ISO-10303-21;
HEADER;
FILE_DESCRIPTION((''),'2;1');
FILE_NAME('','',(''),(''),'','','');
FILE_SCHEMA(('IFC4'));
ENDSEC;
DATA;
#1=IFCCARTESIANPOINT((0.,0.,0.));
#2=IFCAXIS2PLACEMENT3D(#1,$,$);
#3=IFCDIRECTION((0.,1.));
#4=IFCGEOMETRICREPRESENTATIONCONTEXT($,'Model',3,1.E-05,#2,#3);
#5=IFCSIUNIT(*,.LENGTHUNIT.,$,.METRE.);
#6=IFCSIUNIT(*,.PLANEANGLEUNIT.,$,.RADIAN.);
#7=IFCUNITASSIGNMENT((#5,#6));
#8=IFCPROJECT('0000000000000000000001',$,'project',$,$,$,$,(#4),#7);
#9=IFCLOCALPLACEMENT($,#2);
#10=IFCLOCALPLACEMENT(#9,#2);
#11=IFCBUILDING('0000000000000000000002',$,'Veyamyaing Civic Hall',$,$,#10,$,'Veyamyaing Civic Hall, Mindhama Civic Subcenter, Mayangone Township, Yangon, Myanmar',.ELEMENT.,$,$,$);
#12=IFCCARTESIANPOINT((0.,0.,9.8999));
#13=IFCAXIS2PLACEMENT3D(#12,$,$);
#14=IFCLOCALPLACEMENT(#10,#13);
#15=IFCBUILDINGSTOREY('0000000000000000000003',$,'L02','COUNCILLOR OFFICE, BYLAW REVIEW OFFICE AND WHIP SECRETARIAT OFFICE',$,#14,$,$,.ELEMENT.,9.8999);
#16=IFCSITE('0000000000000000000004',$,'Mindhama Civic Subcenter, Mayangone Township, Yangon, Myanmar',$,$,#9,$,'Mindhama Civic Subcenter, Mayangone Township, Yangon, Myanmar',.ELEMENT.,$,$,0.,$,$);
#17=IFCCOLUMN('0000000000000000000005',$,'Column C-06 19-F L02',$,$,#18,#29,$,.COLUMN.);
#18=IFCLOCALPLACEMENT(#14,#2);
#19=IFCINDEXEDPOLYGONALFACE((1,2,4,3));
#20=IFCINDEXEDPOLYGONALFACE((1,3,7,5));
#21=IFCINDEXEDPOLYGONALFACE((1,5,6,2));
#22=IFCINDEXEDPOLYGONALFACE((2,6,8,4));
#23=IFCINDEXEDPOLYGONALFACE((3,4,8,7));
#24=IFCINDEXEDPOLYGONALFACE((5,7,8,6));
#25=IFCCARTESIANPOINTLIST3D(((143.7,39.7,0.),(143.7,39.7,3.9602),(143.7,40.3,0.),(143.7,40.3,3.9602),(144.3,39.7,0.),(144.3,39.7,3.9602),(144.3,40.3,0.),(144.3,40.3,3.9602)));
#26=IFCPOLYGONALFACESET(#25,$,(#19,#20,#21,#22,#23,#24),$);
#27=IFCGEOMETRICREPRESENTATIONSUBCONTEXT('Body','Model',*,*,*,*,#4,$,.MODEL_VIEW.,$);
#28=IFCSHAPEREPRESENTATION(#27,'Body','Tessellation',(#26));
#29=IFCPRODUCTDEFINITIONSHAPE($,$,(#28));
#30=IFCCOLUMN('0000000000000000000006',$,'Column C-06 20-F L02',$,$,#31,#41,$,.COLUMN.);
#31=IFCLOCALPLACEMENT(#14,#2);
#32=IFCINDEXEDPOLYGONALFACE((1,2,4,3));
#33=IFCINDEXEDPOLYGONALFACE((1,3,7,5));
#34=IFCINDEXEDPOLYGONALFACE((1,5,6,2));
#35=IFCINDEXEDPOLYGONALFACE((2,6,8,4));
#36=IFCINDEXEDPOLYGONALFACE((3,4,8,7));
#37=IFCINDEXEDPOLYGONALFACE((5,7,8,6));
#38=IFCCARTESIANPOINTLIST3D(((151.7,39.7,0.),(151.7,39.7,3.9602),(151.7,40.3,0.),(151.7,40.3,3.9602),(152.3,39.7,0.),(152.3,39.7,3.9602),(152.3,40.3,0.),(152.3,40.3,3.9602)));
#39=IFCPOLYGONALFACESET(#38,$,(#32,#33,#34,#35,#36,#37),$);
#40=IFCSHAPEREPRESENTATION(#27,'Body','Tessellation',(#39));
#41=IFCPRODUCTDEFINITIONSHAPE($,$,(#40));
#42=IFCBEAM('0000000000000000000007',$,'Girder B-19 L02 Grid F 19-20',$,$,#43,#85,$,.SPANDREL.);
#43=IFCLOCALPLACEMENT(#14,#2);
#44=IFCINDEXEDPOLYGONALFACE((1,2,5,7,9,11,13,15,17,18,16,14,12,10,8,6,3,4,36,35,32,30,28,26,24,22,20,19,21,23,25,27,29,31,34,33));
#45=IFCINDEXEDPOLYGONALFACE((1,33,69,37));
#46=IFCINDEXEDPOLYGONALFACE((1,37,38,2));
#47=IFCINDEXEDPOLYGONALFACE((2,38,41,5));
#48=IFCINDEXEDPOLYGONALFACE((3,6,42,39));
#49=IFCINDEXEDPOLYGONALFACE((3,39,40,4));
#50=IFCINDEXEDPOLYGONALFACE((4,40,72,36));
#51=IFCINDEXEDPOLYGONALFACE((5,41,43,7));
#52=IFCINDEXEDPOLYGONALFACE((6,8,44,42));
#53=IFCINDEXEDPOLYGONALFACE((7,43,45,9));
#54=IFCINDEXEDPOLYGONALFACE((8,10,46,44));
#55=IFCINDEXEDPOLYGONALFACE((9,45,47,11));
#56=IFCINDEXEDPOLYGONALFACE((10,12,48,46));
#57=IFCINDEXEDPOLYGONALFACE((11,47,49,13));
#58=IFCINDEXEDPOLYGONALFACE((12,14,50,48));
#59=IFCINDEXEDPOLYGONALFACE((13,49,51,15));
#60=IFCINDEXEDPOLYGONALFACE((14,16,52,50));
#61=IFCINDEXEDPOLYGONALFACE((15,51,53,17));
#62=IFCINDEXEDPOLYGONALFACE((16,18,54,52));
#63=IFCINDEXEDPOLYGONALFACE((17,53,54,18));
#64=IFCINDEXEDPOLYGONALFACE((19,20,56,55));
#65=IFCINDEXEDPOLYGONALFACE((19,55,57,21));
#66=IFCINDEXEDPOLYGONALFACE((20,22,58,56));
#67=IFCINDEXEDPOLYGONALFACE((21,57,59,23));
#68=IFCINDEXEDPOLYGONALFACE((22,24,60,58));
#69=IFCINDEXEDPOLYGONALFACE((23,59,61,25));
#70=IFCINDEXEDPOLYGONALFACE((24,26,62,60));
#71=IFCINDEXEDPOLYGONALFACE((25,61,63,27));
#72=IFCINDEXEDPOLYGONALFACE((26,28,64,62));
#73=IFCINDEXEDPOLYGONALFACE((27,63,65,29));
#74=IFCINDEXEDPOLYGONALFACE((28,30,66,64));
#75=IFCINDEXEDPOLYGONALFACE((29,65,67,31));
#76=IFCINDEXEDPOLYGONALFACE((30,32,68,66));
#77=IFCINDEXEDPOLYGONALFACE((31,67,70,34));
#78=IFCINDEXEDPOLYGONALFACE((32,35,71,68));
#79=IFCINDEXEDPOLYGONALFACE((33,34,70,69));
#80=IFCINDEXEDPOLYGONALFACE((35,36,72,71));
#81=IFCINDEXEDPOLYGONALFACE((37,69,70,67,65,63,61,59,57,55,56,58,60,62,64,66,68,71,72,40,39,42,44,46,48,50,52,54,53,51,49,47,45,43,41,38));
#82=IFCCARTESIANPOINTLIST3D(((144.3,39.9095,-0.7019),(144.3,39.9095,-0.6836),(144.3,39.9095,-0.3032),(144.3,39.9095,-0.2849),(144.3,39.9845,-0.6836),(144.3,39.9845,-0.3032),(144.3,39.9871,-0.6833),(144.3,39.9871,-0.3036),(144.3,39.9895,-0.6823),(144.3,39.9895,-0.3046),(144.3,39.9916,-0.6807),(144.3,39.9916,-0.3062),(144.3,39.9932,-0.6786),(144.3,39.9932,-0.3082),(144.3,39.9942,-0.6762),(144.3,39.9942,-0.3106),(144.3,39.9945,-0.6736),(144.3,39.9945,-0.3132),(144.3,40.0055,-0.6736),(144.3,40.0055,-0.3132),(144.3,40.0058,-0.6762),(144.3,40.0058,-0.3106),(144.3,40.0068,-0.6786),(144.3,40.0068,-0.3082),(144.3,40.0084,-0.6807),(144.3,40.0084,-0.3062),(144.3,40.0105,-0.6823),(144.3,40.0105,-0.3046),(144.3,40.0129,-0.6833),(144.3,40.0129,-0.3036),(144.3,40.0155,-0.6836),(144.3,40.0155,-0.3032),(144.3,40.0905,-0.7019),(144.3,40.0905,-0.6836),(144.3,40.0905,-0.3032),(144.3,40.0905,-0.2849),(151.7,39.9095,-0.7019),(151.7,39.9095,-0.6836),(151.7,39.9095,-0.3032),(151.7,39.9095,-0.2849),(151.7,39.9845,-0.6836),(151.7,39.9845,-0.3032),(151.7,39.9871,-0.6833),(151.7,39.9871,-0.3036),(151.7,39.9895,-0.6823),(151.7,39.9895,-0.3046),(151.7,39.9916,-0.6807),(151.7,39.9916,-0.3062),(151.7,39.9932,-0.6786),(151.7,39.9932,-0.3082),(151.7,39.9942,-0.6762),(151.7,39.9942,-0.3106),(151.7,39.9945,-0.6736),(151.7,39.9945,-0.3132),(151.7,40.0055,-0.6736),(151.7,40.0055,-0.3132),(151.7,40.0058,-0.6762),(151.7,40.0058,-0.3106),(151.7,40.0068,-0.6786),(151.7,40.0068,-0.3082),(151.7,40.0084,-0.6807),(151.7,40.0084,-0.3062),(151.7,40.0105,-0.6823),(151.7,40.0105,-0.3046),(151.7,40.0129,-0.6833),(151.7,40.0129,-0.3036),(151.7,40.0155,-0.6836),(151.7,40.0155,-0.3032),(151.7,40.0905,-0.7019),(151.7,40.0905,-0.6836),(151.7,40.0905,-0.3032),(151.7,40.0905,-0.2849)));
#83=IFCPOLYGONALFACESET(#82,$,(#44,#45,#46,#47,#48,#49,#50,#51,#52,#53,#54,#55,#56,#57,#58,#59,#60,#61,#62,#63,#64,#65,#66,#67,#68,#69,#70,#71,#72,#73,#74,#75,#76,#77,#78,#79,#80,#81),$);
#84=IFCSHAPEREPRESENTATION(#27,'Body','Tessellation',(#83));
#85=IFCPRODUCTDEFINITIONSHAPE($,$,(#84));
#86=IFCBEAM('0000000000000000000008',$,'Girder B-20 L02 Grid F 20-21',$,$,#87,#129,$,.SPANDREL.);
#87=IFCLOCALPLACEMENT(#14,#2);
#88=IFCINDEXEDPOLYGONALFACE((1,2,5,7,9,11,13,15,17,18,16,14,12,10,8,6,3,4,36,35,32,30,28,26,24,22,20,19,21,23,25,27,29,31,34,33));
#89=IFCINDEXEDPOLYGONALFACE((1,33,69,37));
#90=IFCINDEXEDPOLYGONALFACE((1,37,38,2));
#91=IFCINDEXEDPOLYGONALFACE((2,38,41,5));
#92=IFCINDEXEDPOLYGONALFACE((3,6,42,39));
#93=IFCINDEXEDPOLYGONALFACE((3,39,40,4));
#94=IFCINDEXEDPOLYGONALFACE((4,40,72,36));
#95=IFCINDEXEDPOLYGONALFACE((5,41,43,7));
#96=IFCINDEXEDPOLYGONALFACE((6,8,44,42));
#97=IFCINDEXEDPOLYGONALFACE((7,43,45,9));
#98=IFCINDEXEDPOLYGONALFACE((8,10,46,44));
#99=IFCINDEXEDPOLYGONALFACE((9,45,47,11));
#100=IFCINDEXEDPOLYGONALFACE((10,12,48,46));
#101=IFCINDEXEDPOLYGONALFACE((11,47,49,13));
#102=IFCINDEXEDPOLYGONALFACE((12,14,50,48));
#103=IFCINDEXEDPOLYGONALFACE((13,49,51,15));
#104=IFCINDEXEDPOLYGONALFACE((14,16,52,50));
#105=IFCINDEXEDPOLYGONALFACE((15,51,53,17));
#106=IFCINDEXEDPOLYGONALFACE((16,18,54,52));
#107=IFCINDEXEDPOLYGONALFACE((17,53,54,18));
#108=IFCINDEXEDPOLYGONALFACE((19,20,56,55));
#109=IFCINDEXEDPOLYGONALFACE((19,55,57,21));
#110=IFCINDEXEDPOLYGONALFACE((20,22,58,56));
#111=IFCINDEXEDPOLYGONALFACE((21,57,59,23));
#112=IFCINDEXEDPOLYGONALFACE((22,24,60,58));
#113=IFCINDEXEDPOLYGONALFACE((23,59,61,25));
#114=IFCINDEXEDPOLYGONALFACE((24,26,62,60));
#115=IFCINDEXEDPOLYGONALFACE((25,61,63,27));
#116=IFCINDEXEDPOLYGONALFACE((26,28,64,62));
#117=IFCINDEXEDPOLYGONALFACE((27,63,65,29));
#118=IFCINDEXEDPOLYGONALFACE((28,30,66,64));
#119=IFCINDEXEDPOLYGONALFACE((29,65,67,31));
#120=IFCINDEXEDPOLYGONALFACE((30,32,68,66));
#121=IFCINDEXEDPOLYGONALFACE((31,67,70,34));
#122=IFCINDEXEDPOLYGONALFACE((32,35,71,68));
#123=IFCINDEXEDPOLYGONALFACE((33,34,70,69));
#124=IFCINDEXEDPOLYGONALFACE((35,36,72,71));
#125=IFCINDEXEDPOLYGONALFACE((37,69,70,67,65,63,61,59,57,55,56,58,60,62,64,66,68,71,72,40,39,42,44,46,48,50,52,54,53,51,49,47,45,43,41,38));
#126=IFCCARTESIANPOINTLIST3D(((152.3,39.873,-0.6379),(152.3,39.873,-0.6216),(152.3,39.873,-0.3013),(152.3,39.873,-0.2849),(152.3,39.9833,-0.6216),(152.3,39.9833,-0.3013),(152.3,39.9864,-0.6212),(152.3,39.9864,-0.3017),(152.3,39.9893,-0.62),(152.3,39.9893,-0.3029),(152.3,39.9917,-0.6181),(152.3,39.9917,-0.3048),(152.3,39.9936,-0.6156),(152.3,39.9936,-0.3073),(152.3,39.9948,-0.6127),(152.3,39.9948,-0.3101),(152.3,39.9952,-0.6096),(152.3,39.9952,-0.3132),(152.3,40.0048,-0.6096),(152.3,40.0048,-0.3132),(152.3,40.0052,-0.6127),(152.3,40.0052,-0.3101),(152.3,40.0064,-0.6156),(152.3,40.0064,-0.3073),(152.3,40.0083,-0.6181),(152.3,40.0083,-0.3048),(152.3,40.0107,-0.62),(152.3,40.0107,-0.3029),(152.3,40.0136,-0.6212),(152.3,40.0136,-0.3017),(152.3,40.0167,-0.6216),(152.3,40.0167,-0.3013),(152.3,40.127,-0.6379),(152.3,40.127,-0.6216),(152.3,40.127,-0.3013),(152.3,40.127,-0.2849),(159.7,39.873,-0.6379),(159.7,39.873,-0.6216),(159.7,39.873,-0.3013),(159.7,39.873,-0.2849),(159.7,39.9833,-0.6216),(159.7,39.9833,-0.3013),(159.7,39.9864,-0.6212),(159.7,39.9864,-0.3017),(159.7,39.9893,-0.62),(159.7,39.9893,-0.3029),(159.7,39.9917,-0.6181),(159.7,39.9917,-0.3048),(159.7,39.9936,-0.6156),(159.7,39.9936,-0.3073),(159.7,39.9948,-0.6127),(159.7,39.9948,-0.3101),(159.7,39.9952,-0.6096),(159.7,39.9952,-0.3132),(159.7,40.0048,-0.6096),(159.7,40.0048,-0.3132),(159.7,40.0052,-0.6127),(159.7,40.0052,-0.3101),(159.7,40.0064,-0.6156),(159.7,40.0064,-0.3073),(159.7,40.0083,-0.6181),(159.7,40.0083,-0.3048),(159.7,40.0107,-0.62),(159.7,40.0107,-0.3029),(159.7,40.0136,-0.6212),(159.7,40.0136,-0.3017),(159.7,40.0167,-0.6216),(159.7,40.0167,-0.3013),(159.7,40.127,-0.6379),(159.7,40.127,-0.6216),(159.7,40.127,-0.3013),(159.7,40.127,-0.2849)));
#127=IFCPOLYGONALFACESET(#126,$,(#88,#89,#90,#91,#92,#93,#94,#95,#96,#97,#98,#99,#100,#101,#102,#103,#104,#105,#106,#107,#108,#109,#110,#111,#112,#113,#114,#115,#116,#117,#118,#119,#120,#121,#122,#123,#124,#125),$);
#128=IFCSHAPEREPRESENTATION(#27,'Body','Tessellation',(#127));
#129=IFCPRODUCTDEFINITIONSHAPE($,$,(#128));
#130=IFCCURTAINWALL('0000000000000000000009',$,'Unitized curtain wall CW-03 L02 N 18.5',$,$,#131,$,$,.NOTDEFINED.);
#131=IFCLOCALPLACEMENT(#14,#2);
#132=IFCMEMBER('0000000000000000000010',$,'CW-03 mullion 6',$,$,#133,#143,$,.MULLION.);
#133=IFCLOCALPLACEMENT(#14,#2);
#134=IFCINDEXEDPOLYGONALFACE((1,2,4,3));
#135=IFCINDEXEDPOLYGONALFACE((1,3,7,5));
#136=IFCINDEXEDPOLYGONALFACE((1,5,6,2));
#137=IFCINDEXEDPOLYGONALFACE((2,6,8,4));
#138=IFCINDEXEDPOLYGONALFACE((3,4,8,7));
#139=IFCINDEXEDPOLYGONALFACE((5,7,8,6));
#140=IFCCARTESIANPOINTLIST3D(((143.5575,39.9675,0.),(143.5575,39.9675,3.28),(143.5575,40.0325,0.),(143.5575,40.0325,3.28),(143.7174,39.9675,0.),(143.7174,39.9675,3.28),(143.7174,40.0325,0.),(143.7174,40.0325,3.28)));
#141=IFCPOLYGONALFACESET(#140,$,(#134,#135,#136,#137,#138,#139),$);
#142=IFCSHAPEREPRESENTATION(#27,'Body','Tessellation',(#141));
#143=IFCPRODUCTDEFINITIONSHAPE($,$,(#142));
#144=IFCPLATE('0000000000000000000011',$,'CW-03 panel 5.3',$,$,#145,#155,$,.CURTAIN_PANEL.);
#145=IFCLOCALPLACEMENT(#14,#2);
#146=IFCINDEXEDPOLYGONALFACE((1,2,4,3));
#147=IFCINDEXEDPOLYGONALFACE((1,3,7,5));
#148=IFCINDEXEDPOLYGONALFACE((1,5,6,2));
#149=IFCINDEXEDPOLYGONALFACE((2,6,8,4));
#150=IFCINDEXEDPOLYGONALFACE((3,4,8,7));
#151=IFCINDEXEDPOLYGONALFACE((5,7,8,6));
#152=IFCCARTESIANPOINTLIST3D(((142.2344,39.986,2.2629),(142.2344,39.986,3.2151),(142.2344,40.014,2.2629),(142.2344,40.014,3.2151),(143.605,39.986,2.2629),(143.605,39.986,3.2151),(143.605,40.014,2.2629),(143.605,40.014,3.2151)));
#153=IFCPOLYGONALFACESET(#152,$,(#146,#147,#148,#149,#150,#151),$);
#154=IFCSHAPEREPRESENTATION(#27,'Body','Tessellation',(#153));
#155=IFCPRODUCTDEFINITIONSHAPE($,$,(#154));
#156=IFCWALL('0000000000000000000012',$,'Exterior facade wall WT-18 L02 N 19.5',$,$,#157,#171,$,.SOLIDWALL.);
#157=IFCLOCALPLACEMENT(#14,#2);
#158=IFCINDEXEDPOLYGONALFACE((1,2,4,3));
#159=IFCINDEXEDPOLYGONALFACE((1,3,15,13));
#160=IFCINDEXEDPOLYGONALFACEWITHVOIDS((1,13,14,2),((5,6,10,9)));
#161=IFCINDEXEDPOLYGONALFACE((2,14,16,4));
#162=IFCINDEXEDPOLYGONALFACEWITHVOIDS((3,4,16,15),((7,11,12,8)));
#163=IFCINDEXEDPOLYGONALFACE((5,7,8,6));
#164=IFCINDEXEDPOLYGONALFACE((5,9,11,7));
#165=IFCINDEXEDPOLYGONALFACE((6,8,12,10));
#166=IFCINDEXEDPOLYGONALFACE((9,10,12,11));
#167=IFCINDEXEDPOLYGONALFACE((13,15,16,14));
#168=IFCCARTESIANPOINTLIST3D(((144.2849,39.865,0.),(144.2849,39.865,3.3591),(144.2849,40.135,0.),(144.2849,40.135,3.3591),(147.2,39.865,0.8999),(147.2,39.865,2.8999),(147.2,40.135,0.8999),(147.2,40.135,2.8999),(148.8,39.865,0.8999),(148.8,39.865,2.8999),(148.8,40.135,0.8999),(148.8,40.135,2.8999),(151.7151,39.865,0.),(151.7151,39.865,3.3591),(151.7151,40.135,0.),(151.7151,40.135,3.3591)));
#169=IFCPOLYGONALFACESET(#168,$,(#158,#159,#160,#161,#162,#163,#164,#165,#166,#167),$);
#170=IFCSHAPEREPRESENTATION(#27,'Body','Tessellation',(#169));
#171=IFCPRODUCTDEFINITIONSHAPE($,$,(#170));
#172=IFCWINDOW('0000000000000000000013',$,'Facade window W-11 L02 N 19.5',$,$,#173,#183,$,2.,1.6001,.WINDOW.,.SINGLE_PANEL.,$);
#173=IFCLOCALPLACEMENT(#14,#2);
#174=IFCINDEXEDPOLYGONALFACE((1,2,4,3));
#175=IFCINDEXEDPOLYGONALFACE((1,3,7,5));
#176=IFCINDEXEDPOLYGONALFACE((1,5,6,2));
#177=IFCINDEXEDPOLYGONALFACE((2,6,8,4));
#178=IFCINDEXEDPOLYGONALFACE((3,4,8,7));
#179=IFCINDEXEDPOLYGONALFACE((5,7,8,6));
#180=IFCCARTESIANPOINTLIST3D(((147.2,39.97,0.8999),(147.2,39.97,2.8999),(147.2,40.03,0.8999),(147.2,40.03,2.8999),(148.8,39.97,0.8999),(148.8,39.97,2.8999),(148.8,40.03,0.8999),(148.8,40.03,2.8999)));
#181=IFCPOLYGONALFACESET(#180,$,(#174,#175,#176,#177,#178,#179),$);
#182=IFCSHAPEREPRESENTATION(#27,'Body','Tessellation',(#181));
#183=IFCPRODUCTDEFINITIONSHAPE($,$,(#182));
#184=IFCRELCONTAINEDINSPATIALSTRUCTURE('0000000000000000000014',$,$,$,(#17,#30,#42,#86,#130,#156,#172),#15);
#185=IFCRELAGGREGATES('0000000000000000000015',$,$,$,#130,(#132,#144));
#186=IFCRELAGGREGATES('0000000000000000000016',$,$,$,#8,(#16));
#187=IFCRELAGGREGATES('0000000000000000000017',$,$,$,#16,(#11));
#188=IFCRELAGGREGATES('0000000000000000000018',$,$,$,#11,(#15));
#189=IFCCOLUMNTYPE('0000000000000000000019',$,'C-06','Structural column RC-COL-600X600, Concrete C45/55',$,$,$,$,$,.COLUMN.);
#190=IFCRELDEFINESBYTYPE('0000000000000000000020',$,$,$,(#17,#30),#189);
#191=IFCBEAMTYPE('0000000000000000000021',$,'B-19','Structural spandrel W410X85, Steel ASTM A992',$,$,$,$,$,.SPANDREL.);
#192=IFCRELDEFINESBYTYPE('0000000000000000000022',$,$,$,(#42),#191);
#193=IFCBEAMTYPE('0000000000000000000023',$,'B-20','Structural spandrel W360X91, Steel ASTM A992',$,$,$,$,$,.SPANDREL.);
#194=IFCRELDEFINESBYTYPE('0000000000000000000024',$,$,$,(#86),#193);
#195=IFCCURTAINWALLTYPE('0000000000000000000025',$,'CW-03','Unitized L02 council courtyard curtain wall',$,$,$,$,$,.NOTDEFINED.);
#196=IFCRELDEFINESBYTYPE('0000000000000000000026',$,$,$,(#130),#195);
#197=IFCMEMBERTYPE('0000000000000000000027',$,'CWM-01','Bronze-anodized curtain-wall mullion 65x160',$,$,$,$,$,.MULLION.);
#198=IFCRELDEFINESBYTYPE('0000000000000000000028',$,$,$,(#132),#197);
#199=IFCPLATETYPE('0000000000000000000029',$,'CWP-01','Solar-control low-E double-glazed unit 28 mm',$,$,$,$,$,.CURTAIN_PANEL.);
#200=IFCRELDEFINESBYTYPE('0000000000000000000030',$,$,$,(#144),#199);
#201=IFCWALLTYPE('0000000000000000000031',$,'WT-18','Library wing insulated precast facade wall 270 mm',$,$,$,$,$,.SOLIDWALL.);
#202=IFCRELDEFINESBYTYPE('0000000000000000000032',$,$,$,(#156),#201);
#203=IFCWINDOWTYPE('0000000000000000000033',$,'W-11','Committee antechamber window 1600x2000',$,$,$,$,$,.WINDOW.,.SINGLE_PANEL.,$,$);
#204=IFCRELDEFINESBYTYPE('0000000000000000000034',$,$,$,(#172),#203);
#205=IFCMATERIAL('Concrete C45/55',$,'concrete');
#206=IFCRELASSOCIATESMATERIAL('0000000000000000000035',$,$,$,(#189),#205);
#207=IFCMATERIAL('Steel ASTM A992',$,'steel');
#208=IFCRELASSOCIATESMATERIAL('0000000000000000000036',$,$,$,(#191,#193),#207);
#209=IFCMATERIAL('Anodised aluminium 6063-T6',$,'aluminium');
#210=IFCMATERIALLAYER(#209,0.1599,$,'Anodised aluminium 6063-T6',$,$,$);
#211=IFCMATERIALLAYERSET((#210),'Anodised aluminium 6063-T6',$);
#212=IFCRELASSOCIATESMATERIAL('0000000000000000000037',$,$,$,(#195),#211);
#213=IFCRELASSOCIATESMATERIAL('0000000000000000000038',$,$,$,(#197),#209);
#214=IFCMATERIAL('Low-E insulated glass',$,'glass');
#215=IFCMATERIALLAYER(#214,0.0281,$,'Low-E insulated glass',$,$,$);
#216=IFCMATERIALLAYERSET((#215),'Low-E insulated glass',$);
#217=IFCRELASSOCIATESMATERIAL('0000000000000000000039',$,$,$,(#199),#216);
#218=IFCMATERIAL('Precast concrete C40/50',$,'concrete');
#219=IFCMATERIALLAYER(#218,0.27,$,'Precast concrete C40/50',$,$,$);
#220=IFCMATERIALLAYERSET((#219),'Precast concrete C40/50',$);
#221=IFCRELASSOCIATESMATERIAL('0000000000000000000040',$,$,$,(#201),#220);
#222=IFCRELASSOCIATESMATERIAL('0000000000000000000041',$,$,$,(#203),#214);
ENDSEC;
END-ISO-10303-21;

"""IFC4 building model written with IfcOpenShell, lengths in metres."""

from ifc_helpers import new_model, si_unit, direction, frame, frame_2d, origin, origin_2d, place, context, subcontext, project, spatial, rectangle, i_section, extrude, material, layer, layer_set, material_profile, profile_set, type_object, element, fill, aggregate, save


model = new_model("IFC4")

# Units and contexts
model_context = context("Model", 3, precision=1e-05, world=origin(), true_north=direction((0.0, 1.0)))
body_context = subcontext(model_context, "Body", "Model", "MODEL_VIEW")
ifc_project = project(units=[si_unit("LENGTHUNIT", "METRE"), si_unit("PLANEANGLEUNIT", "RADIAN")], contexts=[model_context])

# Site, building, storey
site_placement = place(None, origin())
site = spatial("IfcSite", under=ifc_project, at=site_placement, Name="Mindhama Civic Subcenter, Mayangone Township, Yangon, Myanmar", LongName="Mindhama Civic Subcenter, Mayangone Township, Yangon, Myanmar", CompositionType="ELEMENT", RefElevation=0.0)
building_placement = place(site_placement, origin())
building = spatial("IfcBuilding", under=site, at=building_placement, Name="Veyamyaing Civic Hall", LongName="Veyamyaing Civic Hall, Mindhama Civic Subcenter, Mayangone Township, Yangon, Myanmar", CompositionType="ELEMENT")
storey_placement = place(building_placement, frame((0.0, 0.0, 9.8999)))
storey = spatial("IfcBuildingStorey", under=building, at=storey_placement, Name="L02", Description="COUNCILLOR OFFICE, BYLAW REVIEW OFFICE AND WHIP SECRETARIAT OFFICE", CompositionType="ELEMENT", Elevation=9.8999)

# Columns
ifc_material_1 = material(Name="Concrete C45/55", Category="concrete")
ifc_material_profile_1 = material_profile(ifc_material_1, rectangle(XDim=0.6001, YDim=0.6001, at=origin_2d()), Name="RC-COL-600X600")
ifc_profile_set_1 = profile_set([ifc_material_profile_1], Name="Concrete C45/55")
column_type = type_object("IfcColumnType", Name="C-06", Description="Structural column RC-COL-600X600, Concrete C45/55", PredefinedType="COLUMN", material=ifc_profile_set_1)
for number, where, z_axis, x_axis, name in (
    (1, (144.0, 40.0, 0.0), (0.0, 0.0, 1.0), (1.0, 0.0, 0.0), "Column C-06 19-F L02"),
    (2, (152.0, 40.0, 0.0), (0.0, 0.0, 1.0), (1.0, 0.0, 0.0), "Column C-06 20-F L02"),
):
    element("IfcColumn", number, at=place(storey_placement, frame(where, z_axis=z_axis, x_axis=x_axis)), inside=storey, type_object=column_type, Name=name, PredefinedType="COLUMN", context=body_context, shape_type="SweptSolid", body=[
        extrude(rectangle(XDim=0.6001, YDim=0.6001, at=origin_2d()), origin(), (0.0, 0.0, 1.0), 3.9602),
    ])

# Beams
ifc_material_2 = material(Name="Steel ASTM A992", Category="steel")
ifc_material_profile_2 = material_profile(ifc_material_2, i_section(OverallWidth=0.1809, OverallDepth=0.417, WebThickness=0.011, FlangeThickness=0.0183, FilletRadius=0.01, at=origin_2d()), Name="W410X85")
ifc_profile_set_2 = profile_set([ifc_material_profile_2], Name="Steel ASTM A992")
beam_type_1 = type_object("IfcBeamType", Name="B-19", Description="Structural spandrel W410X85, Steel ASTM A992", PredefinedType="SPANDREL", material=ifc_profile_set_2)
beam_1_placement = place(storey_placement, frame((144.3, 40.0, -0.4934), z_axis=(1.0, 0.0, 0.0), x_axis=(0.0, 1.0, 0.0)))
element("IfcBeam", 3, at=beam_1_placement, inside=storey, type_object=beam_type_1, Name="Girder B-19 L02 Grid F 19-20", PredefinedType="SPANDREL", context=body_context, shape_type="SweptSolid", body=[
    extrude(i_section(OverallWidth=0.1809, OverallDepth=0.417, WebThickness=0.011, FlangeThickness=0.0183, FilletRadius=0.01, at=origin_2d()), origin(), (0.0, 0.0, 1.0), 7.3999),
])
ifc_material_profile_3 = material_profile(ifc_material_2, i_section(OverallWidth=0.2539, OverallDepth=0.353, WebThickness=0.0095, FlangeThickness=0.0164, FilletRadius=0.012, at=origin_2d()), Name="W360X91")
ifc_profile_set_3 = profile_set([ifc_material_profile_3], Name="Steel ASTM A992")
beam_type_2 = type_object("IfcBeamType", Name="B-20", Description="Structural spandrel W360X91, Steel ASTM A992", PredefinedType="SPANDREL", material=ifc_profile_set_3)
beam_2_placement = place(storey_placement, frame((152.3, 40.0, -0.4614), z_axis=(1.0, 0.0, 0.0), x_axis=(0.0, 1.0, 0.0)))
element("IfcBeam", 4, at=beam_2_placement, inside=storey, type_object=beam_type_2, Name="Girder B-20 L02 Grid F 20-21", PredefinedType="SPANDREL", context=body_context, shape_type="SweptSolid", body=[
    extrude(i_section(OverallWidth=0.2539, OverallDepth=0.353, WebThickness=0.0095, FlangeThickness=0.0164, FilletRadius=0.012, at=origin_2d()), origin(), (0.0, 0.0, 1.0), 7.3999),
])

# Curtain wall, member, plate
ifc_material_3 = material(Name="Anodised aluminium 6063-T6", Category="aluminium")
ifc_layer_1 = layer(ifc_material_3, 0.1599, Name="Anodised aluminium 6063-T6")
ifc_layer_set_1 = layer_set([ifc_layer_1], Name="Anodised aluminium 6063-T6")
curtain_wall_type = type_object("IfcCurtainWallType", Name="CW-03", Description="Unitized L02 council courtyard curtain wall", PredefinedType="NOTDEFINED", material=ifc_layer_set_1)
curtain_wall_placement = place(storey_placement, origin())
curtain_wall = element("IfcCurtainWall", 5, at=curtain_wall_placement, inside=storey, type_object=curtain_wall_type, Name="Unitized curtain wall CW-03 L02 N 18.5", PredefinedType="NOTDEFINED")
ifc_material_profile_4 = material_profile(ifc_material_3, rectangle(XDim=0.0649, YDim=0.1599, at=origin_2d()), Name="ALU-MUL-65X160")
ifc_profile_set_4 = profile_set([ifc_material_profile_4], Name="Anodised aluminium 6063-T6")
member_type = type_object("IfcMemberType", Name="CWM-01", Description="Bronze-anodized curtain-wall mullion 65x160", PredefinedType="MULLION", material=ifc_profile_set_4)
member_placement = place(storey_placement, frame((143.6375, 40.0, 0.0), z_axis=(0.0, 0.0, 1.0), x_axis=(0.0, 1.0, 0.0)))
member = element("IfcMember", 6, at=member_placement, type_object=member_type, Name="CW-03 mullion 6", PredefinedType="MULLION", context=body_context, shape_type="SweptSolid", body=[
    extrude(rectangle(XDim=0.0649, YDim=0.1599, at=origin_2d()), origin(), (0.0, 0.0, 1.0), 3.28),
])
ifc_material_4 = material(Name="Low-E insulated glass", Category="glass")
ifc_layer_2 = layer(ifc_material_4, 0.0281, Name="Low-E insulated glass")
ifc_layer_set_2 = layer_set([ifc_layer_2], Name="Low-E insulated glass")
plate_type = type_object("IfcPlateType", Name="CWP-01", Description="Solar-control low-E double-glazed unit 28 mm", PredefinedType="CURTAIN_PANEL", material=ifc_layer_set_2)
plate_placement = place(storey_placement, frame((142.9197, 40.0, 2.2629), z_axis=(0.0, 0.0, 1.0), x_axis=(1.0, 0.0, 0.0)))
plate = element("IfcPlate", 7, at=plate_placement, type_object=plate_type, Name="CW-03 panel 5.3", PredefinedType="CURTAIN_PANEL", context=body_context, shape_type="SweptSolid", body=[
    extrude(rectangle(XDim=1.3706, YDim=0.0281, at=origin_2d()), origin(), (0.0, 0.0, 1.0), 0.9521),
])
aggregate(curtain_wall, [member, plate])

# Wall, opening, window
ifc_material_5 = material(Name="Precast concrete C40/50", Category="concrete")
ifc_layer_3 = layer(ifc_material_5, 0.27, Name="Precast concrete C40/50")
ifc_layer_set_3 = layer_set([ifc_layer_3], Name="Precast concrete C40/50")
wall_type = type_object("IfcWallType", Name="WT-18", Description="Library wing insulated precast facade wall 270 mm", PredefinedType="SOLIDWALL", material=ifc_layer_set_3)
wall_1_placement = place(storey_placement, frame((144.2849, 40.0, 0.0), z_axis=(0.0, 0.0, 1.0), x_axis=(1.0, 0.0, 0.0)))
wall_1 = element("IfcWall", 8, at=wall_1_placement, inside=storey, type_object=wall_type, Name="Exterior facade wall WT-18 L02 N 19.5", PredefinedType="SOLIDWALL", context=body_context, shape_type="SweptSolid", body=[
    extrude(rectangle(XDim=7.4302, YDim=0.27, at=frame_2d((3.7151, 0.0))), origin(), (0.0, 0.0, 1.0), 3.3591),
])
opening_1_placement = place(wall_1_placement, frame((2.915, 0.0, 0.8999)))
opening_1 = element("IfcOpeningElement", 9, at=opening_1_placement, cuts=wall_1, PredefinedType="OPENING", context=body_context, shape_type="SweptSolid", body=[
    extrude(rectangle(XDim=1.6001, YDim=2.0, at=frame_2d((0.8, 1.0))), frame((0.0, 0.145, 0.0), z_axis=(0.0, -1.0, 0.0), x_axis=(1.0, 0.0, 0.0)), (0.0, 0.0, 1.0), 0.29),
])
window_type_1 = type_object("IfcWindowType", Name="W-11", Description="Committee antechamber window 1600x2000", PartitioningType="SINGLE_PANEL", PredefinedType="WINDOW", material=ifc_material_4)
window_1_placement = place(opening_1_placement, origin())
window_1 = element("IfcWindow", 10, at=window_1_placement, inside=storey, type_object=window_type_1, Name="Facade window W-11 L02 N 19.5", OverallHeight=2.0, OverallWidth=1.6001, PartitioningType="SINGLE_PANEL", PredefinedType="WINDOW", context=body_context, shape_type="SweptSolid", body=[
    extrude(rectangle(XDim=1.6001, YDim=2.0, at=frame_2d((0.8, 1.0))), frame((0.0, 0.03, 0.0), z_axis=(0.0, -1.0, 0.0), x_axis=(1.0, 0.0, 0.0)), (0.0, 0.0, 1.0), 0.0601),
])
fill(opening_1, window_1)

save(model, "model.ifc")
